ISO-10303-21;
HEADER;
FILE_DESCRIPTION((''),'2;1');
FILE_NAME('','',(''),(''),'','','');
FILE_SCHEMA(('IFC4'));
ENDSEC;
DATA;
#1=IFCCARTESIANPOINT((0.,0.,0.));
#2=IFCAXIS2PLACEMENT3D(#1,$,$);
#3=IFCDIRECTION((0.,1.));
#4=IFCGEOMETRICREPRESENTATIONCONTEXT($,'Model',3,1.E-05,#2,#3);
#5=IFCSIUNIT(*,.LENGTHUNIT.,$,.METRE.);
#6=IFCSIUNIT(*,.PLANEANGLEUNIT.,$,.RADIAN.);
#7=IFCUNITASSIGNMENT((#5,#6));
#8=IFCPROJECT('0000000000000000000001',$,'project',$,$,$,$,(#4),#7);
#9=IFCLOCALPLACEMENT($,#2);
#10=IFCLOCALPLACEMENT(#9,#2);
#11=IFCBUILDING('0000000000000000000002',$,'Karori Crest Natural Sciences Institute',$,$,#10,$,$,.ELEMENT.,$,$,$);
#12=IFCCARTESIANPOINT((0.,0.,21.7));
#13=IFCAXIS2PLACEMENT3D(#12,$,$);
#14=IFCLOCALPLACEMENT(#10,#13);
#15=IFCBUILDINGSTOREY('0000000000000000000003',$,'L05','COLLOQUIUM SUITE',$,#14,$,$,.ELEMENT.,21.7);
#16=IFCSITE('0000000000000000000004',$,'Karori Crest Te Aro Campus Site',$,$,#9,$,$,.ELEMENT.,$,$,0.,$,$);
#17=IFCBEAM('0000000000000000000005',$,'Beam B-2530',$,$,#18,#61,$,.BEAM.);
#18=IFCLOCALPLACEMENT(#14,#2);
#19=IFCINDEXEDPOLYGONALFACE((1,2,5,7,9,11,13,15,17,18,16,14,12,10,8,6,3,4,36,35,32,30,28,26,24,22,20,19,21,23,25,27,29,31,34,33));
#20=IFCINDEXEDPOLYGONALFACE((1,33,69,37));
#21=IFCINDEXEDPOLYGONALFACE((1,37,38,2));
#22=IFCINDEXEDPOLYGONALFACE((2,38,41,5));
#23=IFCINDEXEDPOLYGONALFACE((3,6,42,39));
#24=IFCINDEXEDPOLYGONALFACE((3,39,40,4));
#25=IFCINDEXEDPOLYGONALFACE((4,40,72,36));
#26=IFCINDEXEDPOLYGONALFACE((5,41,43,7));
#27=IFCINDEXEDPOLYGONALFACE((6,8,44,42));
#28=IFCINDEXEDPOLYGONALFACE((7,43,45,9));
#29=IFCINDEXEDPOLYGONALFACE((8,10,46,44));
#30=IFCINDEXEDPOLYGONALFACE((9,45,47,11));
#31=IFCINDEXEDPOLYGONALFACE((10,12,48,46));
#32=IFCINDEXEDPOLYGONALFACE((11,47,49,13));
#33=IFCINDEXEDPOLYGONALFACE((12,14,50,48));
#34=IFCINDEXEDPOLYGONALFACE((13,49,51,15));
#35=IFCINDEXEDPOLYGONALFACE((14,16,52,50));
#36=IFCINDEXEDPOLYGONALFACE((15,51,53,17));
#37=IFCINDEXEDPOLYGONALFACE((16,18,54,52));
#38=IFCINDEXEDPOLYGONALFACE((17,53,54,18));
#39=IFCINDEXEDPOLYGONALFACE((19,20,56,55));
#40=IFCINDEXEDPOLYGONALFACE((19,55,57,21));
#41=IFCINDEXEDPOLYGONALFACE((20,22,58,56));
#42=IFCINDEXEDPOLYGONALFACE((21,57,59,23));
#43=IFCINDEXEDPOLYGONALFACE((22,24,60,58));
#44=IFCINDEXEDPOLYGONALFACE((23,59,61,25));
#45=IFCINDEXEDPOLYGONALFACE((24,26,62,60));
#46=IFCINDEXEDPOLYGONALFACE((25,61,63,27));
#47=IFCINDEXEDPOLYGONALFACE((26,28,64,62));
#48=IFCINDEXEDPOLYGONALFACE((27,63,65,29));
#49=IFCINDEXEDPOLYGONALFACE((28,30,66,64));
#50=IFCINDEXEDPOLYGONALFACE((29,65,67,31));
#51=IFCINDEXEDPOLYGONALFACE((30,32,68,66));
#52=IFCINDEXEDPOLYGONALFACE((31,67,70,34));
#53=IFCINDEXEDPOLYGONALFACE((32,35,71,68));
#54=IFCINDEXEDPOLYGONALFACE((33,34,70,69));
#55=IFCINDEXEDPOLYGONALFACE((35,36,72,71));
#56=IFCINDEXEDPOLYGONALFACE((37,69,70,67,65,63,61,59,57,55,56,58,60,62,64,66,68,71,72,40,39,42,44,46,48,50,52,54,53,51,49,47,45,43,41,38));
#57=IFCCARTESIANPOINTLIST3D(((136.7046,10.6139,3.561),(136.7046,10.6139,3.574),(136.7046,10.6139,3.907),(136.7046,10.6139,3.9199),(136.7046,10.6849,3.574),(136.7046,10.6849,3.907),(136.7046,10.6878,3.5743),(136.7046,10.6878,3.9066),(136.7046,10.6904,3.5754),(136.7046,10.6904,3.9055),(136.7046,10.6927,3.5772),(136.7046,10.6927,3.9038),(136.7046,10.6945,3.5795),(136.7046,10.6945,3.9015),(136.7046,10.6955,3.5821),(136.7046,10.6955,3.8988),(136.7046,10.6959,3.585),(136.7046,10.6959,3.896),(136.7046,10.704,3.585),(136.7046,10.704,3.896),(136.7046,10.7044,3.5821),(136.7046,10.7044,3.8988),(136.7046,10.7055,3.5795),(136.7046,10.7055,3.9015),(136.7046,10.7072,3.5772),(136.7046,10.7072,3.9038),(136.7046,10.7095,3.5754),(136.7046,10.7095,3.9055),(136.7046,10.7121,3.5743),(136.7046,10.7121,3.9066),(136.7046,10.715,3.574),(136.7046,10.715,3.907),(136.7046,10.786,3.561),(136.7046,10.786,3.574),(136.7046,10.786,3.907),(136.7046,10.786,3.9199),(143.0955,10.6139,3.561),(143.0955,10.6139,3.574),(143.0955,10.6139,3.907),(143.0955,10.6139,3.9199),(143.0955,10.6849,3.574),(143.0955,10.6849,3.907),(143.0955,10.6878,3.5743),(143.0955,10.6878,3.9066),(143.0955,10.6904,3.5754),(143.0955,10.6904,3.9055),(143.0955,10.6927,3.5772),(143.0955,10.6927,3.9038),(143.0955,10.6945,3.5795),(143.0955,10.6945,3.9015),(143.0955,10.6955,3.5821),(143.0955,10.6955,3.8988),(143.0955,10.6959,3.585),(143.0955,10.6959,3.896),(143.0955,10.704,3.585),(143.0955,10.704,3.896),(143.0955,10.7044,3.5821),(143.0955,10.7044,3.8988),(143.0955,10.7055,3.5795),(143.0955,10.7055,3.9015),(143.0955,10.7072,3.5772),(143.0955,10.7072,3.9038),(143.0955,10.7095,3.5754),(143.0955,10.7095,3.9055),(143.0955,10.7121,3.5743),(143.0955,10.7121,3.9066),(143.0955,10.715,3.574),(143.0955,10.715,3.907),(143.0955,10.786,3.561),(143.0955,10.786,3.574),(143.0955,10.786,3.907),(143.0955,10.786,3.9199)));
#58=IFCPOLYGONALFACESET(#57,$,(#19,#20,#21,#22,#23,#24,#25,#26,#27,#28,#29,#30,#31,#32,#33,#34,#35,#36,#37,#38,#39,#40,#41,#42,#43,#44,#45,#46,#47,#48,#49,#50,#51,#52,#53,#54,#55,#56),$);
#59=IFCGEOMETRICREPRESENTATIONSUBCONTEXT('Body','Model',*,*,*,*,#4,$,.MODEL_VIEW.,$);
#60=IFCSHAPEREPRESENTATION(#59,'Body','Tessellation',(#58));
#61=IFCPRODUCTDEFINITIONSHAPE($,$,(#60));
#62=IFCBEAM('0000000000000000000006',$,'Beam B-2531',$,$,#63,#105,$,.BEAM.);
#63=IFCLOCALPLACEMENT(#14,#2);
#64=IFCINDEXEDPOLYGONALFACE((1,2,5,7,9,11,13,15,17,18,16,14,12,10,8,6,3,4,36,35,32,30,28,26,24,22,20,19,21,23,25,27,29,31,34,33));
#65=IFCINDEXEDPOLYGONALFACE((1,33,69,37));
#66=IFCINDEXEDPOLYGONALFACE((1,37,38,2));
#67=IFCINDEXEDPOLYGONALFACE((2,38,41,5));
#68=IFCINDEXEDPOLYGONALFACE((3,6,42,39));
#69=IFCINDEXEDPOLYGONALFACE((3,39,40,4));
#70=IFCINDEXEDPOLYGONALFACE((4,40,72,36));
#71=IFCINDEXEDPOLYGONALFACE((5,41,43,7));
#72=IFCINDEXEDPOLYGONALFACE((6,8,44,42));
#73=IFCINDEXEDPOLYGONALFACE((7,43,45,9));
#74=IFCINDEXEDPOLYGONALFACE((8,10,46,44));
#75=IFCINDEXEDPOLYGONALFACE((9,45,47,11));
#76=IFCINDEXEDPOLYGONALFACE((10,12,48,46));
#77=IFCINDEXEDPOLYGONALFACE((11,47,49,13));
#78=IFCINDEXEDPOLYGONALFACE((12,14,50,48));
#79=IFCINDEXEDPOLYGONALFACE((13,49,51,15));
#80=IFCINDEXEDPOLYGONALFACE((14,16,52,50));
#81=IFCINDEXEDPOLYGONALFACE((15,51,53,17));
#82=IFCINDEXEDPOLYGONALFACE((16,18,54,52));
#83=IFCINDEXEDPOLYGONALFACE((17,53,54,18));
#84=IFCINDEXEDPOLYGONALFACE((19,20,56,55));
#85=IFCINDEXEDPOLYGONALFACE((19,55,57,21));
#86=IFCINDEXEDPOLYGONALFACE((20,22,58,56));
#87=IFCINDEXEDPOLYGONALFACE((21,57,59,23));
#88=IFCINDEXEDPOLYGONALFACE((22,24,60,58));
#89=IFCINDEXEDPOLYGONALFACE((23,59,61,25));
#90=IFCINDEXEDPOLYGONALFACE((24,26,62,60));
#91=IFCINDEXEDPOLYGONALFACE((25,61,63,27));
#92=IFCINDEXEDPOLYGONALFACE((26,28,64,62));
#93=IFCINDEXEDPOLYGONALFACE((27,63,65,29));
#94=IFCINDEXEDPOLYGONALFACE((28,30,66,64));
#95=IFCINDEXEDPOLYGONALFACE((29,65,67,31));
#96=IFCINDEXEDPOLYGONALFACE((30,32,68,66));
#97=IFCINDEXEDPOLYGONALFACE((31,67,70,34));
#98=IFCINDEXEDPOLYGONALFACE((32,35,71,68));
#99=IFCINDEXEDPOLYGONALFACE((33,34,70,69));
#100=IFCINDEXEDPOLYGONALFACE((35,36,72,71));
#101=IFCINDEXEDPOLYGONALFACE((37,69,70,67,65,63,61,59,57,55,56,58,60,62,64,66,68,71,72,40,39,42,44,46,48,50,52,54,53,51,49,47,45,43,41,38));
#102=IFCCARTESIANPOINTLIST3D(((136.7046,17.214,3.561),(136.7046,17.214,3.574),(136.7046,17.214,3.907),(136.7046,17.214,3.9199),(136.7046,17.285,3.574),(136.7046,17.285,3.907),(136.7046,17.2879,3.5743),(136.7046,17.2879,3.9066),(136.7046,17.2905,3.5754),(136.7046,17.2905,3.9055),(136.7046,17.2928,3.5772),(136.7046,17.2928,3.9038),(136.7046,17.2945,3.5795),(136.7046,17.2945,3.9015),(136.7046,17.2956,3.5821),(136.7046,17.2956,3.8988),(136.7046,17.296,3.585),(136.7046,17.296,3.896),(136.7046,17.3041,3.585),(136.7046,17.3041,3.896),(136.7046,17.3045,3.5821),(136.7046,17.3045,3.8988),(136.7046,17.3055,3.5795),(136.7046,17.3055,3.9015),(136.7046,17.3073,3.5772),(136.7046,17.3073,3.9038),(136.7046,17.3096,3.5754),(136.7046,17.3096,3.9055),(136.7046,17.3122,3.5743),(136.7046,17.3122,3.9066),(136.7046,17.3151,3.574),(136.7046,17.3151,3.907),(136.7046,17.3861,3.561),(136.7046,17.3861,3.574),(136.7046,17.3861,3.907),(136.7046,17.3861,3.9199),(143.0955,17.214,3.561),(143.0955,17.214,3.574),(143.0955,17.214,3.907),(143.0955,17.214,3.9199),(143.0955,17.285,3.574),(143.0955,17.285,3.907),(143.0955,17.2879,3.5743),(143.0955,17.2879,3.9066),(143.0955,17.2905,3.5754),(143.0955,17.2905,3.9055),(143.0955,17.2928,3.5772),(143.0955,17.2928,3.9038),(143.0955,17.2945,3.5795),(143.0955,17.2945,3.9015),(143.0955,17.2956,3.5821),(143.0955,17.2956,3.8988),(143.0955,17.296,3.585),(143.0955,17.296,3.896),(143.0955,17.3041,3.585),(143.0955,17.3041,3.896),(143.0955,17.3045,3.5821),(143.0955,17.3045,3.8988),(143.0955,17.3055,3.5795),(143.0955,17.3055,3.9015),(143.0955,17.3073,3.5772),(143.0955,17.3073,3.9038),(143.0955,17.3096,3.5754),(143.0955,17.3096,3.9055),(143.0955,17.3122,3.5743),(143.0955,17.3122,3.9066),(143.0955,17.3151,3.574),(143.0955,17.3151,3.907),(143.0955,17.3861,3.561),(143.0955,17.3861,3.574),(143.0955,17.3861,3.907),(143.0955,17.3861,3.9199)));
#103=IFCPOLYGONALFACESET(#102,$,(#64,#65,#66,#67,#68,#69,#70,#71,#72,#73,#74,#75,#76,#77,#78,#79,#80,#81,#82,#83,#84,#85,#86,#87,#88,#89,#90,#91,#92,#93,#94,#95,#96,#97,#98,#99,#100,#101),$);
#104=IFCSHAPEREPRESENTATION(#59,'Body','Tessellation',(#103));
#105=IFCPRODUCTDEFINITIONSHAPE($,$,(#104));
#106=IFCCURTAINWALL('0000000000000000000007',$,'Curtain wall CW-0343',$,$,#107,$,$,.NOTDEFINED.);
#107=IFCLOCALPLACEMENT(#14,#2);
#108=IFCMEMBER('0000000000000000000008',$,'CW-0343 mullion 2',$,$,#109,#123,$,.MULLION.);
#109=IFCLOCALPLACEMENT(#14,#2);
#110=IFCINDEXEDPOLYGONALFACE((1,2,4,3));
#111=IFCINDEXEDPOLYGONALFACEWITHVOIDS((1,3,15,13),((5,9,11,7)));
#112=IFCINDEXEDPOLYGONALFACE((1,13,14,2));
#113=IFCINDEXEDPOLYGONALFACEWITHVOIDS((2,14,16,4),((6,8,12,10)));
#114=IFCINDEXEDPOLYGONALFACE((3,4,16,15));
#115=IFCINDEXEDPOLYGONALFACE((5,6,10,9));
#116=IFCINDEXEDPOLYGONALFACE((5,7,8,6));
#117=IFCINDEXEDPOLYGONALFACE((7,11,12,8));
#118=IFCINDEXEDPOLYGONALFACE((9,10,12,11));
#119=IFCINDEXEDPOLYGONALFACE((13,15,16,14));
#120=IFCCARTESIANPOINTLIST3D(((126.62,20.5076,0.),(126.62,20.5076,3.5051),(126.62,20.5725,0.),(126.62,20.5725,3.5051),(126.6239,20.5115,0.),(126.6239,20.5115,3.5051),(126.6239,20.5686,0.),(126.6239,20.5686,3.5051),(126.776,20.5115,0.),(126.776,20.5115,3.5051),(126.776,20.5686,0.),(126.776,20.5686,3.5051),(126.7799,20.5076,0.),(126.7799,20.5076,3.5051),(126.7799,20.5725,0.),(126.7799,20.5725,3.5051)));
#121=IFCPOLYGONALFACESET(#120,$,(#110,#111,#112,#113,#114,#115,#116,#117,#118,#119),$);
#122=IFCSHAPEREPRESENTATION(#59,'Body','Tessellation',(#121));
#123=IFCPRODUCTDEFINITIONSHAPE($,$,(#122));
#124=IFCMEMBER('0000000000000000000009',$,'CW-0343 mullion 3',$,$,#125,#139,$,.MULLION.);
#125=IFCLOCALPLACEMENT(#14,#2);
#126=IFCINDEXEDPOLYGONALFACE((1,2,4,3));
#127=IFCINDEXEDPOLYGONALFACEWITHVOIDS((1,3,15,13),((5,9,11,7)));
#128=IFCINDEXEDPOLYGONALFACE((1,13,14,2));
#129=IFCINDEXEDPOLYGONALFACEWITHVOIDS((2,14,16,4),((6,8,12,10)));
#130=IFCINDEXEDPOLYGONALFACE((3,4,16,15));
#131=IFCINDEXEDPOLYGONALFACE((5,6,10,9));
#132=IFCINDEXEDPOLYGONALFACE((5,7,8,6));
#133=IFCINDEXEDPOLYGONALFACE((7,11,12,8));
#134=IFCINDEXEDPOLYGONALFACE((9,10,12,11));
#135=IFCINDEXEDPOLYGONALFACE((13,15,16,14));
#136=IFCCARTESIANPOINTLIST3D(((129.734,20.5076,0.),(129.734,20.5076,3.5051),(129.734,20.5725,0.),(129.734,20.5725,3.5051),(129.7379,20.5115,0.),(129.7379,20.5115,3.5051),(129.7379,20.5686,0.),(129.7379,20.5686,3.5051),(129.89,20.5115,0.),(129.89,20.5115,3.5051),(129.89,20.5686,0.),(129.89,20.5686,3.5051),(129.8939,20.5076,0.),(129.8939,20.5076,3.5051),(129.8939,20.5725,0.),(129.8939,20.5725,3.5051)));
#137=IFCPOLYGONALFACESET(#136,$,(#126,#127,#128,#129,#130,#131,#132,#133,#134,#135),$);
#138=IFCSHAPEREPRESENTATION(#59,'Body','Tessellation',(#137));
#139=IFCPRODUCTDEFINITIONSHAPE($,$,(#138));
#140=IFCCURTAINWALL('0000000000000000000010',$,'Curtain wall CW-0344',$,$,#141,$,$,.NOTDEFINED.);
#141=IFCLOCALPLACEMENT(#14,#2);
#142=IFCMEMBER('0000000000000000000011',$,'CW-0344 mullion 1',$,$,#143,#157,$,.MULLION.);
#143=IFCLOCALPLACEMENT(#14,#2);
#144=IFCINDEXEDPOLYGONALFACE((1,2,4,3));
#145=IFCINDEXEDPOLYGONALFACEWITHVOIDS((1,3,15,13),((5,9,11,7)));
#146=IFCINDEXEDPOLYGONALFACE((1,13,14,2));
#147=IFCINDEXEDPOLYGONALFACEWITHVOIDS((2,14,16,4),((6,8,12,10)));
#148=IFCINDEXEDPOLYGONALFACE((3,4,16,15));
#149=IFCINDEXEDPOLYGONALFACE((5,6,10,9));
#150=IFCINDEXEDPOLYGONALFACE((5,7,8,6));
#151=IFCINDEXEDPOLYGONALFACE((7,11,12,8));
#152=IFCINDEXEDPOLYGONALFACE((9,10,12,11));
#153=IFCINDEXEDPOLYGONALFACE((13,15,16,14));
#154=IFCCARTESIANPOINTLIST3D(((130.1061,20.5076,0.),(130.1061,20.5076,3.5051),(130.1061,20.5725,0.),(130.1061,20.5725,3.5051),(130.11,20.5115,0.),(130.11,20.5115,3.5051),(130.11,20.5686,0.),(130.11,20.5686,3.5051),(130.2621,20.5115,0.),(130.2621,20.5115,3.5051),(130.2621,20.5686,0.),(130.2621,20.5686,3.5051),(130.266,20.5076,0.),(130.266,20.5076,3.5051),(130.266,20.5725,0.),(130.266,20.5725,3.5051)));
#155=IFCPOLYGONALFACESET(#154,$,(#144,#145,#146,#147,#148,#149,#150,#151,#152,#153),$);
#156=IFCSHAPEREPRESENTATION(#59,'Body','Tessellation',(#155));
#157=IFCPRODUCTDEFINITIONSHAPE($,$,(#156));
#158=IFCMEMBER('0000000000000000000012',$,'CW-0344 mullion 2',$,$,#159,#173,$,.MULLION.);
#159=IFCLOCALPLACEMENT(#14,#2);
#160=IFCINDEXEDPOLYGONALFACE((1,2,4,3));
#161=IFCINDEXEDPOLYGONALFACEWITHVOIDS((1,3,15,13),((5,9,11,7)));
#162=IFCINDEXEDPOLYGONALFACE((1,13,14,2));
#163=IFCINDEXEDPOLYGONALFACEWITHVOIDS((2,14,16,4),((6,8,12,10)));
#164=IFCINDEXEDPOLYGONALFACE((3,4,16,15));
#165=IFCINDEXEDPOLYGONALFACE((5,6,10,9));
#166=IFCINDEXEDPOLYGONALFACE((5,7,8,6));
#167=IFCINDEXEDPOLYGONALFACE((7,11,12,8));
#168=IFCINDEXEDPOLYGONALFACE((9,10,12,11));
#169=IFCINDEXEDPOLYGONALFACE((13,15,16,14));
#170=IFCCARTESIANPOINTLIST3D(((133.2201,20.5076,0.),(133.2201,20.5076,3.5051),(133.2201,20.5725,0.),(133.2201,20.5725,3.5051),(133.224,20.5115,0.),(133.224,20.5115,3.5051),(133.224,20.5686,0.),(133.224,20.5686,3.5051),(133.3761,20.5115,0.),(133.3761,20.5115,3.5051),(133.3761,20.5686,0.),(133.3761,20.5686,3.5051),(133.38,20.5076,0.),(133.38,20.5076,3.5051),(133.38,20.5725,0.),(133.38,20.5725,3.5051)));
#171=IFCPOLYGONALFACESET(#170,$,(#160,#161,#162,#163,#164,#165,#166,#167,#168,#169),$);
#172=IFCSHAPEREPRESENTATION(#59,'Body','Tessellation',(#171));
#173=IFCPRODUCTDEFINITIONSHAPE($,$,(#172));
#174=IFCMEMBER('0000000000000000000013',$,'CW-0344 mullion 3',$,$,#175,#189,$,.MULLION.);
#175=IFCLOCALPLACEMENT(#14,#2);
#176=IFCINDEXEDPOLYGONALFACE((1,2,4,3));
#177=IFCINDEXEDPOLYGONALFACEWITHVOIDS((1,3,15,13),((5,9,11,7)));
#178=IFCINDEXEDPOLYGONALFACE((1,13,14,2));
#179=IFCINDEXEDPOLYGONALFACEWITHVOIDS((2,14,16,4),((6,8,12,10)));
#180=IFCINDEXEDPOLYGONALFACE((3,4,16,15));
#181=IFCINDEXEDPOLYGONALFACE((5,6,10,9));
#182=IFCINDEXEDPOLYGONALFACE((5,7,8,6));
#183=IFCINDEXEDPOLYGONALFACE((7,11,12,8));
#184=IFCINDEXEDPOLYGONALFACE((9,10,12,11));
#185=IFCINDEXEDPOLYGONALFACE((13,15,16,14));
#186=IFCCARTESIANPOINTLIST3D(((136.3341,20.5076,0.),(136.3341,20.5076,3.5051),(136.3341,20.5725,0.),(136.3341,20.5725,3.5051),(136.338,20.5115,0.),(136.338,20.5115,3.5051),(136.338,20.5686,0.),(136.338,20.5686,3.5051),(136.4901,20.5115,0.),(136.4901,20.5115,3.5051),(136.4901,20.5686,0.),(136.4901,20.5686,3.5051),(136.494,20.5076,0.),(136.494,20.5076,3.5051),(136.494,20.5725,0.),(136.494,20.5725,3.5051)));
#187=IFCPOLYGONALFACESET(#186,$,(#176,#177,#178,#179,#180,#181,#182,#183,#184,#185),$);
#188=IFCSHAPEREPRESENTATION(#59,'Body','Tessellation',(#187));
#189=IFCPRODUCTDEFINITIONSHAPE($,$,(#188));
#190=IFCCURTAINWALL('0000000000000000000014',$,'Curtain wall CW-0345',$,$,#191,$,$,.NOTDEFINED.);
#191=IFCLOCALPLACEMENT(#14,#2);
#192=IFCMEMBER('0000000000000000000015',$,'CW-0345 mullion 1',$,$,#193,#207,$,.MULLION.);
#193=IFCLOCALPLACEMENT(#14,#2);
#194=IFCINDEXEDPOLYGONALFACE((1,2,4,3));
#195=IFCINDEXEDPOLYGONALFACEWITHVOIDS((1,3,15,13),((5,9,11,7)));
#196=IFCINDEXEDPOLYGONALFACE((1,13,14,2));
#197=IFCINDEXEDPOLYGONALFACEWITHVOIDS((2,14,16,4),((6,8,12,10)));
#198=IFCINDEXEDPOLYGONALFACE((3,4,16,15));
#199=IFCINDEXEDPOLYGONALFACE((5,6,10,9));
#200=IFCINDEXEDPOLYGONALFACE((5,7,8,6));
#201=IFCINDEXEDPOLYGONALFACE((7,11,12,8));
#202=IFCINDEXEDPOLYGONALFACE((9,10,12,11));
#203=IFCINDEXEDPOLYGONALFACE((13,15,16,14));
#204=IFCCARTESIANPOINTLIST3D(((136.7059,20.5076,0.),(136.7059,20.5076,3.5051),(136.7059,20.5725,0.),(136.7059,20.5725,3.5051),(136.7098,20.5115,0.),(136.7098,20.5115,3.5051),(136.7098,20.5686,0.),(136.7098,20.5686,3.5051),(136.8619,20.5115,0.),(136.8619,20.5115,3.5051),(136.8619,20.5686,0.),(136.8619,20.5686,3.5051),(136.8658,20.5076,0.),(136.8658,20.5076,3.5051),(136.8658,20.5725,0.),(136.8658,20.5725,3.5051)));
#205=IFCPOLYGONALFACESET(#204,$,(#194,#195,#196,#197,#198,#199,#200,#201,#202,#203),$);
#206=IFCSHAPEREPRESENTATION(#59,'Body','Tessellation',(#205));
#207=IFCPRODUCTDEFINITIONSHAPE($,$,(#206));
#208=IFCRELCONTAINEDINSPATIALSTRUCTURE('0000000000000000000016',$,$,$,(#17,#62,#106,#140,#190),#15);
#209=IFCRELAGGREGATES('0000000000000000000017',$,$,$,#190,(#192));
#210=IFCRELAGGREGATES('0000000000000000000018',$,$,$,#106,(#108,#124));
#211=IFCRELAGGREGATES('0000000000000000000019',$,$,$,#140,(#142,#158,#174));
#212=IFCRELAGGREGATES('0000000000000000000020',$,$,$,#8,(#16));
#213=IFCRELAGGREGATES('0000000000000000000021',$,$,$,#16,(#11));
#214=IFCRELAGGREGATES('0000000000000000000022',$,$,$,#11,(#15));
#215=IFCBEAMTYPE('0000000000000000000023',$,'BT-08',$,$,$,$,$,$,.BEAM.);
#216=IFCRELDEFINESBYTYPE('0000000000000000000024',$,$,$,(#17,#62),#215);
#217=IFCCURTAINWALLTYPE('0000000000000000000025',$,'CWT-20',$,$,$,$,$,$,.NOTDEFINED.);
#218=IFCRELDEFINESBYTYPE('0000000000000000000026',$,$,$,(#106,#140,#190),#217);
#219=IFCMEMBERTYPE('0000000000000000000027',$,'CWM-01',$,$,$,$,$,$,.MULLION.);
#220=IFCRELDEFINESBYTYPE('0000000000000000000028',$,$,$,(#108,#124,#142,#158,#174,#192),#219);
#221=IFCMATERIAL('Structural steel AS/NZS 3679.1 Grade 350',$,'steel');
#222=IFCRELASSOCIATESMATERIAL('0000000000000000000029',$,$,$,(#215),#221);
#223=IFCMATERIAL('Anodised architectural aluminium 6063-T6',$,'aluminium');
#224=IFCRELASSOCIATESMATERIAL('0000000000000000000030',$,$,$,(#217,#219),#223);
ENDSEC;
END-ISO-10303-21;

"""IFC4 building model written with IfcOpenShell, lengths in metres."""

from ifc_helpers import new_model, si_unit, direction, frame, origin, origin_2d, place, context, subcontext, project, spatial, hollow_rectangle, i_section, extrude, material, material_profile, profile_set, type_object, element, aggregate, save


model = new_model("IFC4")

# Units and contexts
model_context = context("Model", 3, precision=1e-05, world=origin(), true_north=direction((0.0, 1.0)))
body_context = subcontext(model_context, "Body", "Model", "MODEL_VIEW")
ifc_project = project(units=[si_unit("LENGTHUNIT", "METRE"), si_unit("PLANEANGLEUNIT", "RADIAN")], contexts=[model_context])

# Site, building, storey
site_placement = place(None, origin())
site = spatial("IfcSite", under=ifc_project, at=site_placement, Name="Karori Crest Te Aro Campus Site", CompositionType="ELEMENT", RefElevation=0.0)
building_placement = place(site_placement, origin())
building = spatial("IfcBuilding", under=site, at=building_placement, Name="Karori Crest Natural Sciences Institute", CompositionType="ELEMENT")
storey_placement = place(building_placement, frame((0.0, 0.0, 21.7)))
storey = spatial("IfcBuildingStorey", under=building, at=storey_placement, Name="L05", Description="COLLOQUIUM SUITE", CompositionType="ELEMENT", Elevation=21.7)

# Shared definitions
ifc_material_1 = material(Name="Structural steel AS/NZS 3679.1 Grade 350", Category="steel")

# Beams
ifc_material_profile_1 = material_profile(ifc_material_1, i_section(OverallWidth=0.1721, OverallDepth=0.3589, WebThickness=0.0081, FlangeThickness=0.0129, FilletRadius=0.011, at=origin_2d()), Name="360UB56.7")
ifc_profile_set_1 = profile_set([ifc_material_profile_1], Name="Structural steel AS/NZS 3679.1 Grade 350")
beam_type_1 = type_object("IfcBeamType", Name="BT-08", PredefinedType="BEAM", material=ifc_profile_set_1)
for number, where, z_axis, x_axis, name in (
    (1, (136.7046, 10.7, 3.7405), (1.0, 0.0, 0.0), (0.0, 1.0, 0.0), "Beam B-2530"),
    (2, (136.7046, 17.3, 3.7405), (1.0, 0.0, 0.0), (0.0, 1.0, 0.0), "Beam B-2531"),
):
    element("IfcBeam", number, at=place(storey_placement, frame(where, z_axis=z_axis, x_axis=x_axis)), inside=storey, type_object=beam_type_1, Name=name, PredefinedType="BEAM", context=body_context, shape_type="SweptSolid", body=[
        extrude(i_section(OverallWidth=0.1721, OverallDepth=0.3589, WebThickness=0.0081, FlangeThickness=0.0129, FilletRadius=0.011, at=origin_2d()), origin(), (0.0, 0.0, 1.0), 6.3909),
    ])

# Curtain walls, members
ifc_material_2 = material(Name="Anodised architectural aluminium 6063-T6", Category="aluminium")
curtain_wall_type = type_object("IfcCurtainWallType", Name="CWT-20", PredefinedType="NOTDEFINED", material=ifc_material_2)
curtain_wall_1_placement = place(storey_placement, origin())
curtain_wall_1 = element("IfcCurtainWall", 3, at=curtain_wall_1_placement, inside=storey, type_object=curtain_wall_type, Name="Curtain wall CW-0343", PredefinedType="NOTDEFINED")
ifc_material_profile_2 = material_profile(ifc_material_2, hollow_rectangle(XDim=0.0649, YDim=0.1599, WallThickness=0.0039, at=origin_2d()), Name="CWM160x65x4")
ifc_profile_set_2 = profile_set([ifc_material_profile_2], Name="Anodised architectural aluminium 6063-T6")
member_type_1 = type_object("IfcMemberType", Name="CWM-01", PredefinedType="MULLION", material=ifc_profile_set_2)
member_1_placement = place(storey_placement, frame((126.7, 20.54, 0.0), z_axis=(0.0, 0.0, 1.0), x_axis=(0.0, 1.0, 0.0)))
member_1 = element("IfcMember", 4, at=member_1_placement, type_object=member_type_1, Name="CW-0343 mullion 2", PredefinedType="MULLION", context=body_context, shape_type="SweptSolid", body=[
    extrude(hollow_rectangle(XDim=0.0649, YDim=0.1599, WallThickness=0.0039, at=origin_2d()), origin(), (0.0, 0.0, 1.0), 3.5051),
])
member_2_placement = place(storey_placement, frame((129.814, 20.54, 0.0), z_axis=(0.0, 0.0, 1.0), x_axis=(0.0, 1.0, 0.0)))
member_2 = element("IfcMember", 5, at=member_2_placement, type_object=member_type_1, Name="CW-0343 mullion 3", PredefinedType="MULLION", context=body_context, shape_type="SweptSolid", body=[
    extrude(hollow_rectangle(XDim=0.0649, YDim=0.1599, WallThickness=0.0039, at=origin_2d()), origin(), (0.0, 0.0, 1.0), 3.5051),
])
curtain_wall_2_placement = place(storey_placement, origin())
curtain_wall_2 = element("IfcCurtainWall", 6, at=curtain_wall_2_placement, inside=storey, type_object=curtain_wall_type, Name="Curtain wall CW-0344", PredefinedType="NOTDEFINED")
member_3_placement = place(storey_placement, frame((130.186, 20.54, 0.0), z_axis=(0.0, 0.0, 1.0), x_axis=(0.0, 1.0, 0.0)))
member_3 = element("IfcMember", 7, at=member_3_placement, type_object=member_type_1, Name="CW-0344 mullion 1", PredefinedType="MULLION", context=body_context, shape_type="SweptSolid", body=[
    extrude(hollow_rectangle(XDim=0.0649, YDim=0.1599, WallThickness=0.0039, at=origin_2d()), origin(), (0.0, 0.0, 1.0), 3.5051),
])
member_4_placement = place(storey_placement, frame((133.3, 20.54, 0.0), z_axis=(0.0, 0.0, 1.0), x_axis=(0.0, 1.0, 0.0)))
member_4 = element("IfcMember", 8, at=member_4_placement, type_object=member_type_1, Name="CW-0344 mullion 2", PredefinedType="MULLION", context=body_context, shape_type="SweptSolid", body=[
    extrude(hollow_rectangle(XDim=0.0649, YDim=0.1599, WallThickness=0.0039, at=origin_2d()), origin(), (0.0, 0.0, 1.0), 3.5051),
])
member_5_placement = place(storey_placement, frame((136.4141, 20.54, 0.0), z_axis=(0.0, 0.0, 1.0), x_axis=(0.0, 1.0, 0.0)))
member_5 = element("IfcMember", 9, at=member_5_placement, type_object=member_type_1, Name="CW-0344 mullion 3", PredefinedType="MULLION", context=body_context, shape_type="SweptSolid", body=[
    extrude(hollow_rectangle(XDim=0.0649, YDim=0.1599, WallThickness=0.0039, at=origin_2d()), origin(), (0.0, 0.0, 1.0), 3.5051),
])

# Curtain wall, member
curtain_wall_3_placement = place(storey_placement, origin())
curtain_wall_3 = element("IfcCurtainWall", 10, at=curtain_wall_3_placement, inside=storey, type_object=curtain_wall_type, Name="Curtain wall CW-0345", PredefinedType="NOTDEFINED")
member_6_placement = place(storey_placement, frame((136.7859, 20.54, 0.0), z_axis=(0.0, 0.0, 1.0), x_axis=(0.0, 1.0, 0.0)))
member_6 = element("IfcMember", 11, at=member_6_placement, type_object=member_type_1, Name="CW-0345 mullion 1", PredefinedType="MULLION", context=body_context, shape_type="SweptSolid", body=[
    extrude(hollow_rectangle(XDim=0.0649, YDim=0.1599, WallThickness=0.0039, at=origin_2d()), origin(), (0.0, 0.0, 1.0), 3.5051),
])

aggregate(curtain_wall_3, [member_6])

aggregate(curtain_wall_1, [member_1, member_2])
aggregate(curtain_wall_2, [member_3, member_4, member_5])

save(model, "model.ifc")
